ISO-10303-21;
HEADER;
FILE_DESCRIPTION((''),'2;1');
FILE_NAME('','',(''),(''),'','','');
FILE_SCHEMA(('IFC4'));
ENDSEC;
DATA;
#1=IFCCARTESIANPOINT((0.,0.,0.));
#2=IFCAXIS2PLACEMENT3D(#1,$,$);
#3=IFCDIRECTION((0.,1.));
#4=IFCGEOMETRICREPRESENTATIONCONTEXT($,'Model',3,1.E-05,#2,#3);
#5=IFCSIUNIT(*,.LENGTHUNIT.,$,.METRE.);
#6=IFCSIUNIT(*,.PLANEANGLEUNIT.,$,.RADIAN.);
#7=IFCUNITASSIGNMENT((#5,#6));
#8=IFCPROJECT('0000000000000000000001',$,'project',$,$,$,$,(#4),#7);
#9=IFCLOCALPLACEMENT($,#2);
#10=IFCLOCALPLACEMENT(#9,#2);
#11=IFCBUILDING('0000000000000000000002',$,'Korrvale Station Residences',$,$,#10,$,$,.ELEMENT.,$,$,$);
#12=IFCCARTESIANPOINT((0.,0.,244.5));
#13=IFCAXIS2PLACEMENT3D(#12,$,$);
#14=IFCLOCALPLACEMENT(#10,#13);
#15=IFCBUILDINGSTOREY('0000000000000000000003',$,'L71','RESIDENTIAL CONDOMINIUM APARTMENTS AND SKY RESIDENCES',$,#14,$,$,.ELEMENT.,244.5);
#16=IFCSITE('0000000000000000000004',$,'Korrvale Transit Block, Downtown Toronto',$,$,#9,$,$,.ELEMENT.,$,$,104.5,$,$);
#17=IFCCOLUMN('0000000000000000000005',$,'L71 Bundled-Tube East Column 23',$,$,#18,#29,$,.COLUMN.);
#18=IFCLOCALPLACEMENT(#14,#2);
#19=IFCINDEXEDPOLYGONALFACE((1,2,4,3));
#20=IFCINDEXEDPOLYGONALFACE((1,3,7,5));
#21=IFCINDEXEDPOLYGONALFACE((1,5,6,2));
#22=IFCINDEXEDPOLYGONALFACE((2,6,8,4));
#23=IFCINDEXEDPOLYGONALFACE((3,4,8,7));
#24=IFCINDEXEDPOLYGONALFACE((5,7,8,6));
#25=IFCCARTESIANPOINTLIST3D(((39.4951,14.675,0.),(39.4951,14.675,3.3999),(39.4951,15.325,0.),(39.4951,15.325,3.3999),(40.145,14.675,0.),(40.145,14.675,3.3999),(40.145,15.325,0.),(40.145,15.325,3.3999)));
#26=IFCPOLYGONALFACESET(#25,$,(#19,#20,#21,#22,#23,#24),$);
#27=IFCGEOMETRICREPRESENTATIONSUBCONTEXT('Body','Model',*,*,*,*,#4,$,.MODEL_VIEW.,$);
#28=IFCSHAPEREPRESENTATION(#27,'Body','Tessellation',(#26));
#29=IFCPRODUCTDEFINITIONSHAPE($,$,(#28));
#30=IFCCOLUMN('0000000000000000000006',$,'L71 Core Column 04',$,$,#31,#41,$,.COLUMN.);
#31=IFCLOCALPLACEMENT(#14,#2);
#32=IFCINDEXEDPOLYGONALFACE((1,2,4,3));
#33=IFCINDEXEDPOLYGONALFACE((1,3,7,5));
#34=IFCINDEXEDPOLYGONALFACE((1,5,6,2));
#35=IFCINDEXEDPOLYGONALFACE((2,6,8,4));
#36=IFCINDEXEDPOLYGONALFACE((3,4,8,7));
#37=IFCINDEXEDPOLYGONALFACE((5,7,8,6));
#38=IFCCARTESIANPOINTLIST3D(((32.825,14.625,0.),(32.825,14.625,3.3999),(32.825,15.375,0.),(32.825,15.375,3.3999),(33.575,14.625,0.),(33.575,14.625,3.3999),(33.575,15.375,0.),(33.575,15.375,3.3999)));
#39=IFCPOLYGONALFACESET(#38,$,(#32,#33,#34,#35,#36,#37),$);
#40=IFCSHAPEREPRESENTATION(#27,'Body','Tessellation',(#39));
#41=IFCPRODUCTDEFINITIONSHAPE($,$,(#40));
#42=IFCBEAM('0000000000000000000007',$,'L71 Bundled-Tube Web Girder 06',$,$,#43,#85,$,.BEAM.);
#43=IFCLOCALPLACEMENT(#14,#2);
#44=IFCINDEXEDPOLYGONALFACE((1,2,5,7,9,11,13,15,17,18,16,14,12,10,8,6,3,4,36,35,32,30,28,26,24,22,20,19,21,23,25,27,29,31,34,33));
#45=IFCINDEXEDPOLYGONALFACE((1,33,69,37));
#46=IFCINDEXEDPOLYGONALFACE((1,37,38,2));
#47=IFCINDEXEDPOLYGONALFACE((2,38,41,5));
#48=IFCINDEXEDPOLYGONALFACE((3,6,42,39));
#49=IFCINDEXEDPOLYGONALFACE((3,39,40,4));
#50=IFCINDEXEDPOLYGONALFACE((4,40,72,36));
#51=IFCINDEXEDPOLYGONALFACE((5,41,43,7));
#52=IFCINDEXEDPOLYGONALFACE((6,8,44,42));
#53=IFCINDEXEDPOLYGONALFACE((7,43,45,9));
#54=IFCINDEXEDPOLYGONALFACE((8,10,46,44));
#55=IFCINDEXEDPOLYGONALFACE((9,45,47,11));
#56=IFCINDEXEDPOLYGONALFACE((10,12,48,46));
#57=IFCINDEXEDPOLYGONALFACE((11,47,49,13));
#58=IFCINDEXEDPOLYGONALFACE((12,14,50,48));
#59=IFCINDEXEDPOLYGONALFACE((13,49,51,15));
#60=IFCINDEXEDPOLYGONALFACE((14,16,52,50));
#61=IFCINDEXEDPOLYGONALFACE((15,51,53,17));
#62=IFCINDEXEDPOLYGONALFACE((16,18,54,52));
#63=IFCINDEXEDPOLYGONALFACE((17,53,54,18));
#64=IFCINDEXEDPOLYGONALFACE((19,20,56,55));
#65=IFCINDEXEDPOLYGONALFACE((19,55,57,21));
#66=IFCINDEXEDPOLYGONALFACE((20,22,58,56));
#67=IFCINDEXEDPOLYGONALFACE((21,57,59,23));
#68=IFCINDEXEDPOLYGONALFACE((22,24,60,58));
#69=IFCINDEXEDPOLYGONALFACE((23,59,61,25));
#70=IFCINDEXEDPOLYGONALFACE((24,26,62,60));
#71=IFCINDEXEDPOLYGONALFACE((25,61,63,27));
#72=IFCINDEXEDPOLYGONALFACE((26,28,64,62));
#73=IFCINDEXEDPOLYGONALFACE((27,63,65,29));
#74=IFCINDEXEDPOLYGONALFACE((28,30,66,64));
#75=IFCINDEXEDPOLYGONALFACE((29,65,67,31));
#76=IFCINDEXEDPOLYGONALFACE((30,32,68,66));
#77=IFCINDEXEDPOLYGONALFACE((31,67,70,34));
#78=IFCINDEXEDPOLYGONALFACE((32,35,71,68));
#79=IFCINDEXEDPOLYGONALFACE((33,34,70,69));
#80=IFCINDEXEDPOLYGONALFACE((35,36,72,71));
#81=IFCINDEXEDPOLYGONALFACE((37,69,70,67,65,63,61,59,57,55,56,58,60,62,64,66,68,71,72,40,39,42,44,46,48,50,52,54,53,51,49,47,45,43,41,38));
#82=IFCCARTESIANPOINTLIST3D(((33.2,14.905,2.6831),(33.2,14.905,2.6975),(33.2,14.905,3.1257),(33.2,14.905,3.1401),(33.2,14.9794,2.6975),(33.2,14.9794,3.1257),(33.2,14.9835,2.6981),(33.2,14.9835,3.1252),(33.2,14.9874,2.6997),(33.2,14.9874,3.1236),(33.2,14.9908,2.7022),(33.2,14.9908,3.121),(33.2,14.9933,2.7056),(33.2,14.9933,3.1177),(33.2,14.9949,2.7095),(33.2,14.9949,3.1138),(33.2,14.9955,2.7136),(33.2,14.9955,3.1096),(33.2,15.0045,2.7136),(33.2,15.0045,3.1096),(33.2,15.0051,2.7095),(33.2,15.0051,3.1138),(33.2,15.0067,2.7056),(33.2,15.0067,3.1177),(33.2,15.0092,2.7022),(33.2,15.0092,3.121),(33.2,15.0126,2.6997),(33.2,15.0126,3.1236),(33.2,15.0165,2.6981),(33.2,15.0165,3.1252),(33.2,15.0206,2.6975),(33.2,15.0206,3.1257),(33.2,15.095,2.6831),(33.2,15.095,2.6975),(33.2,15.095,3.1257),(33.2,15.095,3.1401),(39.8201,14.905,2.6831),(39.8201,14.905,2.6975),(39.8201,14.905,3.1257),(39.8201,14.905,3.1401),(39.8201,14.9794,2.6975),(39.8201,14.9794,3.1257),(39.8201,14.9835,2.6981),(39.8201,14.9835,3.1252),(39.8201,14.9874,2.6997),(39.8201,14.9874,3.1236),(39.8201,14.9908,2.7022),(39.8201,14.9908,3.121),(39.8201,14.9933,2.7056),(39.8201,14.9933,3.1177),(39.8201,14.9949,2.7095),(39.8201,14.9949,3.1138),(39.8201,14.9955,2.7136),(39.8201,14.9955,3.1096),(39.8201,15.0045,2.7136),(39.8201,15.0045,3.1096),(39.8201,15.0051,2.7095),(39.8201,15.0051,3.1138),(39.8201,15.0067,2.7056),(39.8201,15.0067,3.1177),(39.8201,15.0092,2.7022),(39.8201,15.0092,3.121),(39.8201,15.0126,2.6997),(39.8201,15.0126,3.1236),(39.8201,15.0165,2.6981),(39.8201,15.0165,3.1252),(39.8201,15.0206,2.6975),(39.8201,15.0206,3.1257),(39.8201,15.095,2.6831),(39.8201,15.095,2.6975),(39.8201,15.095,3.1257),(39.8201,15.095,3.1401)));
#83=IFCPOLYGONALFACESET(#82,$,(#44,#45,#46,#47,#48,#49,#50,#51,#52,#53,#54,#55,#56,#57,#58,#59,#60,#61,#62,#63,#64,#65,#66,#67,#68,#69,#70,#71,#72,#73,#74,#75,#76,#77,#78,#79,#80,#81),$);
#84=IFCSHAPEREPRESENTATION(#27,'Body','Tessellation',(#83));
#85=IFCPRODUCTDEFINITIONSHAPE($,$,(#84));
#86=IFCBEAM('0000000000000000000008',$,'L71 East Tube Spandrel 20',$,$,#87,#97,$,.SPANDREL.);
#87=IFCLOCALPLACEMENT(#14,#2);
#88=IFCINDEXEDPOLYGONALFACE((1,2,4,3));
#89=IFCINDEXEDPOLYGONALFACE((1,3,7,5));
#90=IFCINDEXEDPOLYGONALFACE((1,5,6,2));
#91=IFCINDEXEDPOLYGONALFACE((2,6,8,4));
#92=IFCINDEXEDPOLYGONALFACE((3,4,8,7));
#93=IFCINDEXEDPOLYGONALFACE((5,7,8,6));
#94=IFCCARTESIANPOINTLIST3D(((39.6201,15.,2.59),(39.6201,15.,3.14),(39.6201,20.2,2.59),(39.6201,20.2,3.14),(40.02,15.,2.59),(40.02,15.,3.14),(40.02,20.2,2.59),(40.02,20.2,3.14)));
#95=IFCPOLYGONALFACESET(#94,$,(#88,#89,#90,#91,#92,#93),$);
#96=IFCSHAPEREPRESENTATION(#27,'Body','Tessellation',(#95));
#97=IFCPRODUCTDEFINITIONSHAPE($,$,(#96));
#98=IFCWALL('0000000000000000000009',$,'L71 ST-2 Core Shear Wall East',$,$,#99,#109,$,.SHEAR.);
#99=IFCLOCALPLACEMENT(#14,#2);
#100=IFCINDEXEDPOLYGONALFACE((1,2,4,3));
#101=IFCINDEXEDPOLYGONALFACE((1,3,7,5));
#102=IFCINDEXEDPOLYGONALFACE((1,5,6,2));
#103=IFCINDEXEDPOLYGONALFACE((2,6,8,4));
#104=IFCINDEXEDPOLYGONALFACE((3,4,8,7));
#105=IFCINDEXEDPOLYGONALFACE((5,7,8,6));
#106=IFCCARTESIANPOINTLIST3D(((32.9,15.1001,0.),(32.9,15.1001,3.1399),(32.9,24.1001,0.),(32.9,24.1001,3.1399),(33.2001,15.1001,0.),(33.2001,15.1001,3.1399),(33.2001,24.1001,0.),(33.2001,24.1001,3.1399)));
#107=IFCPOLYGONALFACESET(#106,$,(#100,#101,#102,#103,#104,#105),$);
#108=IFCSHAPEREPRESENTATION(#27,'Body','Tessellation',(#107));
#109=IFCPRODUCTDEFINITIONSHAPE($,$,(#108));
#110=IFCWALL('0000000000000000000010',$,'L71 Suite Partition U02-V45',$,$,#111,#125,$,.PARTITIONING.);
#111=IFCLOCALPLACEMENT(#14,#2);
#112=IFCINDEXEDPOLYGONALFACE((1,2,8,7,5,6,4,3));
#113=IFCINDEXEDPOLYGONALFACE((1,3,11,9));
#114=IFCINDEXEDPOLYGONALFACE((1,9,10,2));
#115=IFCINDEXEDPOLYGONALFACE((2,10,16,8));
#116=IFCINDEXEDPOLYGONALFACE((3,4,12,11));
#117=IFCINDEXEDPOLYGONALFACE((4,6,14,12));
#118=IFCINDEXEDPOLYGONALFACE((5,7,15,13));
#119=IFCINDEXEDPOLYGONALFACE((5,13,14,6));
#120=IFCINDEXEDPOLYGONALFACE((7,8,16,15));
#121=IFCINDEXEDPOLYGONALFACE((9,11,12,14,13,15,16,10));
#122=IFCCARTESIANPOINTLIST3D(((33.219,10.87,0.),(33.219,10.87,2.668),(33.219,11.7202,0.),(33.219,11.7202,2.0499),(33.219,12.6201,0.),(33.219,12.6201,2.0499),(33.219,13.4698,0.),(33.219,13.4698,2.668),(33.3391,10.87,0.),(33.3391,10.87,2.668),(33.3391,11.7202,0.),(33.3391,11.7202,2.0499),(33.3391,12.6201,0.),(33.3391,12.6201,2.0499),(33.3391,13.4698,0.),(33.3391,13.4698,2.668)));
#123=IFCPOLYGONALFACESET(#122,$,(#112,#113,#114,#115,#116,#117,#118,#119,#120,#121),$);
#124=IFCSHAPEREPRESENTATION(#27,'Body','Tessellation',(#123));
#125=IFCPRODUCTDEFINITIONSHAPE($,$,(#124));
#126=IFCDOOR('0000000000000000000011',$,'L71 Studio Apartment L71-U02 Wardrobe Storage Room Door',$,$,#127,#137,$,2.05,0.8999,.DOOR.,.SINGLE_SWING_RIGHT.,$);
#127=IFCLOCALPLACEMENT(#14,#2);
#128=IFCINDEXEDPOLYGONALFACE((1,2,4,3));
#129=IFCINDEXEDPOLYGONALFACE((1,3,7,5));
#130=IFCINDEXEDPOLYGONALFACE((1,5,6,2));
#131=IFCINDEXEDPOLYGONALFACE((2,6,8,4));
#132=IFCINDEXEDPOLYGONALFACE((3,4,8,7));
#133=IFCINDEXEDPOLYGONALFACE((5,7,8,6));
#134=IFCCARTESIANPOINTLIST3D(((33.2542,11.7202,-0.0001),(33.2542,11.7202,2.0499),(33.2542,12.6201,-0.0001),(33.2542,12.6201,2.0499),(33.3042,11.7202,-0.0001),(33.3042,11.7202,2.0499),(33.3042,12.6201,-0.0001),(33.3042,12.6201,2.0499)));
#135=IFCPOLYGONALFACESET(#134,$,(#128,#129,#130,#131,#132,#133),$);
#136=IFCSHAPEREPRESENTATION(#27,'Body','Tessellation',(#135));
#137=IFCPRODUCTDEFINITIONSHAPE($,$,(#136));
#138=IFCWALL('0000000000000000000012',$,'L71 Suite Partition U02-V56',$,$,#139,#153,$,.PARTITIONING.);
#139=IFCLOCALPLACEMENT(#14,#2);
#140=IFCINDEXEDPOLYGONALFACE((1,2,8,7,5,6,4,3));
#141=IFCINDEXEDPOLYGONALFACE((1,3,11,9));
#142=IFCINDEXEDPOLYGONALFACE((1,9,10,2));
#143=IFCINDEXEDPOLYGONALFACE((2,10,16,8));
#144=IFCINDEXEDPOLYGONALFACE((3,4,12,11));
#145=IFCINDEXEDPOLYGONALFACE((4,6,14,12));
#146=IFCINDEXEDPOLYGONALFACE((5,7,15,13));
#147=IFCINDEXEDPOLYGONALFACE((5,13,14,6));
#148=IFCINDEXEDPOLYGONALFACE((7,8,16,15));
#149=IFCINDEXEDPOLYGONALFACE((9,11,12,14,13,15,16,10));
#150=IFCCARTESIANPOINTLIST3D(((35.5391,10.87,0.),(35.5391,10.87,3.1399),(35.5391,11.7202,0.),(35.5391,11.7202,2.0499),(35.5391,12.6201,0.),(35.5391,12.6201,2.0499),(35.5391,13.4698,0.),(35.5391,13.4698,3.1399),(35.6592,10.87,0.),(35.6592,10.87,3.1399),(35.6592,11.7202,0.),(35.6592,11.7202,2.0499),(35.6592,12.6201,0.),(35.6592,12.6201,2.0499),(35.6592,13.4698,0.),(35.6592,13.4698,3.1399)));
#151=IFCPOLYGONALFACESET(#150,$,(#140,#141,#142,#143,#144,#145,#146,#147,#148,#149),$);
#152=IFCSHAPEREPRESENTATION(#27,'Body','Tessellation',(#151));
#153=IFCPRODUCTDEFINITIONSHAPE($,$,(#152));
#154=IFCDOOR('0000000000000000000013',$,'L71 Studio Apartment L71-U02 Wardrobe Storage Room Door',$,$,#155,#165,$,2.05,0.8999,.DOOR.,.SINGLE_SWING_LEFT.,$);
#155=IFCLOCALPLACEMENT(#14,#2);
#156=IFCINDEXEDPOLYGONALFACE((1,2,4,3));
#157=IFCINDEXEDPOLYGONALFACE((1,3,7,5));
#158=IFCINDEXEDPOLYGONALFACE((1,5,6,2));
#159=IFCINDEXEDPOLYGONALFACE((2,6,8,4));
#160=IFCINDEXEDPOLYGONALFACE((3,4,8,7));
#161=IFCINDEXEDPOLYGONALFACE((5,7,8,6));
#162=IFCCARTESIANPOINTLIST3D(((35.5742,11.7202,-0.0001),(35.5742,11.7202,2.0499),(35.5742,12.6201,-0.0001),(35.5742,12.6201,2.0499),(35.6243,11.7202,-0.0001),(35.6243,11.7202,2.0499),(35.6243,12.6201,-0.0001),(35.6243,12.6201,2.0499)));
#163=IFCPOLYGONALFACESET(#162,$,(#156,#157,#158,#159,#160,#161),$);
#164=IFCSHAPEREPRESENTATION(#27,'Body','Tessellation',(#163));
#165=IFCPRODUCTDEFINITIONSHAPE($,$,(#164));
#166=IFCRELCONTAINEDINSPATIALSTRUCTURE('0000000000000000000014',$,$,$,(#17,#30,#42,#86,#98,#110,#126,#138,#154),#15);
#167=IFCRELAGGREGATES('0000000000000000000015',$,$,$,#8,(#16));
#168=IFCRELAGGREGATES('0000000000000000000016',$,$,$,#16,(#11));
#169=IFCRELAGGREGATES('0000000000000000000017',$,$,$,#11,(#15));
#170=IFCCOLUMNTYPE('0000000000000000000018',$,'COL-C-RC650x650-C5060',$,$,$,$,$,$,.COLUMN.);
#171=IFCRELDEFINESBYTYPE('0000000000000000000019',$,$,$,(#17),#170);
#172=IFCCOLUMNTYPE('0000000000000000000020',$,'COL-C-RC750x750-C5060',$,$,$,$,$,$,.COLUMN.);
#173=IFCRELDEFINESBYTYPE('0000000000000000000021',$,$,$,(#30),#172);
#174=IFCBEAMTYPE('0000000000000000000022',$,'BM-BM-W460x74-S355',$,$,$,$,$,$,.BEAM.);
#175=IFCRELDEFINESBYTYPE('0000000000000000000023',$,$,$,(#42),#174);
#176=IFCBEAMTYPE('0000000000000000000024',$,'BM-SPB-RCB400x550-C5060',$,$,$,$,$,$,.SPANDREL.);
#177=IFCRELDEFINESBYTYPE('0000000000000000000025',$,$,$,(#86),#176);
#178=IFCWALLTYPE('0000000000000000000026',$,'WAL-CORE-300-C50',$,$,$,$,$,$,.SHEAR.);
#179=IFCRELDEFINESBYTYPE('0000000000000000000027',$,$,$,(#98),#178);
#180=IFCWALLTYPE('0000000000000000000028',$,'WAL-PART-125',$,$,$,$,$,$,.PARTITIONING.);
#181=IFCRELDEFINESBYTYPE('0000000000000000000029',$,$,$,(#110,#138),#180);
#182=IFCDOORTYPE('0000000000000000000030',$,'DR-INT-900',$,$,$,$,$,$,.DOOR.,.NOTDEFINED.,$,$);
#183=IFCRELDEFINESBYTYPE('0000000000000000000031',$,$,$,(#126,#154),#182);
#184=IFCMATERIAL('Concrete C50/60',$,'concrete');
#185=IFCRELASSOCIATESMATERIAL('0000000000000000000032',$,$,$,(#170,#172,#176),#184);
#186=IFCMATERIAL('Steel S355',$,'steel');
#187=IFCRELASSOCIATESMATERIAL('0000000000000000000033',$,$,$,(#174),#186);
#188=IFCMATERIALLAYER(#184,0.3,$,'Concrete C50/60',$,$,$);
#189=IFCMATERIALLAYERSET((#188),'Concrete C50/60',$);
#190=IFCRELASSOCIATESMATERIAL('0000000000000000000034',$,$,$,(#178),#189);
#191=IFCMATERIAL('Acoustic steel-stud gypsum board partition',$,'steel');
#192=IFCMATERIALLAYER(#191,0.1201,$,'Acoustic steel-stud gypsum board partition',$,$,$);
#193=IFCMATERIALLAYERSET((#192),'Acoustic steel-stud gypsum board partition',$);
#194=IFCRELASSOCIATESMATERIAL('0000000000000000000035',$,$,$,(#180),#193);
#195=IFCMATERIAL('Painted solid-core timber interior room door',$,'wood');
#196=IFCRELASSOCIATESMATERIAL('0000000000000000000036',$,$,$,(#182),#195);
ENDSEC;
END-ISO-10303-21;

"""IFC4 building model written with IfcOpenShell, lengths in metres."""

from ifc_helpers import new_model, si_unit, direction, frame, frame_2d, origin, origin_2d, place, context, subcontext, project, spatial, rectangle, i_section, extrude, material, layer, layer_set, material_profile, profile_set, type_object, element, fill, save


model = new_model("IFC4")

# Units and contexts
model_context = context("Model", 3, precision=1e-05, world=origin(), true_north=direction((0.0, 1.0)))
body_context = subcontext(model_context, "Body", "Model", "MODEL_VIEW")
ifc_project = project(units=[si_unit("LENGTHUNIT", "METRE"), si_unit("PLANEANGLEUNIT", "RADIAN")], contexts=[model_context])

# Site, building, storey
site_placement = place(None, origin())
site = spatial("IfcSite", under=ifc_project, at=site_placement, Name="Korrvale Transit Block, Downtown Toronto", CompositionType="ELEMENT", RefElevation=104.5)
building_placement = place(site_placement, origin())
building = spatial("IfcBuilding", under=site, at=building_placement, Name="Korrvale Station Residences", CompositionType="ELEMENT")
storey_placement = place(building_placement, frame((0.0, 0.0, 244.5)))
storey = spatial("IfcBuildingStorey", under=building, at=storey_placement, Name="L71", Description="RESIDENTIAL CONDOMINIUM APARTMENTS AND SKY RESIDENCES", CompositionType="ELEMENT", Elevation=244.5)

# Columns
ifc_material_1 = material(Name="Concrete C50/60", Category="concrete")
ifc_material_profile_1 = material_profile(ifc_material_1, rectangle(XDim=0.6499, YDim=0.6499, at=origin_2d()), Name="RC650x650")
ifc_profile_set_1 = profile_set([ifc_material_profile_1], Name="Concrete C50/60")
column_type_1 = type_object("IfcColumnType", Name="COL-C-RC650x650-C5060", PredefinedType="COLUMN", material=ifc_profile_set_1)
column_1_placement = place(storey_placement, frame((39.8201, 15.0, 0.0), z_axis=(0.0, 0.0, 1.0), x_axis=(1.0, 0.0, 0.0)))
element("IfcColumn", 1, at=column_1_placement, inside=storey, type_object=column_type_1, Name="L71 Bundled-Tube East Column 23", PredefinedType="COLUMN", context=body_context, shape_type="SweptSolid", body=[
    extrude(rectangle(XDim=0.6499, YDim=0.6499, at=origin_2d()), origin(), (0.0, 0.0, 1.0), 3.3999),
])
ifc_material_profile_2 = material_profile(ifc_material_1, rectangle(XDim=0.75, YDim=0.75, at=origin_2d()), Name="RC750x750")
ifc_profile_set_2 = profile_set([ifc_material_profile_2], Name="Concrete C50/60")
column_type_2 = type_object("IfcColumnType", Name="COL-C-RC750x750-C5060", PredefinedType="COLUMN", material=ifc_profile_set_2)
column_2_placement = place(storey_placement, frame((33.2, 15.0, 0.0), z_axis=(0.0, 0.0, 1.0), x_axis=(1.0, 0.0, 0.0)))
element("IfcColumn", 2, at=column_2_placement, inside=storey, type_object=column_type_2, Name="L71 Core Column 04", PredefinedType="COLUMN", context=body_context, shape_type="SweptSolid", body=[
    extrude(rectangle(XDim=0.75, YDim=0.75, at=origin_2d()), origin(), (0.0, 0.0, 1.0), 3.3999),
])

# Beams
ifc_material_2 = material(Name="Steel S355", Category="steel")
ifc_material_profile_3 = material_profile(ifc_material_2, i_section(OverallWidth=0.1899, OverallDepth=0.457, WebThickness=0.009, FlangeThickness=0.0144, FilletRadius=0.0161, at=origin_2d()), Name="W460x74")
ifc_profile_set_3 = profile_set([ifc_material_profile_3], Name="Steel S355")
beam_type_1 = type_object("IfcBeamType", Name="BM-BM-W460x74-S355", PredefinedType="BEAM", material=ifc_profile_set_3)
beam_1_placement = place(storey_placement, frame((33.2, 15.0, 2.9116), z_axis=(1.0, 0.0, 0.0), x_axis=(0.0, 1.0, 0.0)))
element("IfcBeam", 3, at=beam_1_placement, inside=storey, type_object=beam_type_1, Name="L71 Bundled-Tube Web Girder 06", PredefinedType="BEAM", context=body_context, shape_type="SweptSolid", body=[
    extrude(i_section(OverallWidth=0.1899, OverallDepth=0.457, WebThickness=0.009, FlangeThickness=0.0144, FilletRadius=0.0161, at=origin_2d()), origin(), (0.0, 0.0, 1.0), 6.6201),
])
ifc_material_profile_4 = material_profile(ifc_material_1, rectangle(XDim=0.3999, YDim=0.55, at=origin_2d()), Name="RCB400x550")
ifc_profile_set_4 = profile_set([ifc_material_profile_4], Name="Concrete C50/60")
beam_type_2 = type_object("IfcBeamType", Name="BM-SPB-RCB400x550-C5060", PredefinedType="SPANDREL", material=ifc_profile_set_4)
beam_2_placement = place(storey_placement, frame((39.8201, 15.0, 2.865), z_axis=(0.0, 1.0, 0.0), x_axis=(-1.0, 0.0, 0.0)))
element("IfcBeam", 4, at=beam_2_placement, inside=storey, type_object=beam_type_2, Name="L71 East Tube Spandrel 20", PredefinedType="SPANDREL", context=body_context, shape_type="SweptSolid", body=[
    extrude(rectangle(XDim=0.3999, YDim=0.55, at=origin_2d()), origin(), (0.0, 0.0, 1.0), 5.2),
])

# Wall
ifc_layer_1 = layer(ifc_material_1, 0.3, Name="Concrete C50/60")
ifc_layer_set_1 = layer_set([ifc_layer_1], Name="Concrete C50/60")
wall_type_1 = type_object("IfcWallType", Name="WAL-CORE-300-C50", PredefinedType="SHEAR", material=ifc_layer_set_1)
wall_1_placement = place(storey_placement, frame((33.05, 15.1001, 0.0), z_axis=(0.0, 0.0, 1.0), x_axis=(0.0, 1.0, 0.0)))
element("IfcWall", 5, at=wall_1_placement, inside=storey, type_object=wall_type_1, Name="L71 ST-2 Core Shear Wall East", PredefinedType="SHEAR", context=body_context, shape_type="SweptSolid", body=[
    extrude(rectangle(XDim=9.0, YDim=0.3, at=frame_2d((4.5, 0.0))), origin(), (0.0, 0.0, 1.0), 3.1399),
])

# Walls, openings, doors
ifc_material_3 = material(Name="Acoustic steel-stud gypsum board partition", Category="steel")
ifc_layer_2 = layer(ifc_material_3, 0.1201, Name="Acoustic steel-stud gypsum board partition")
ifc_layer_set_2 = layer_set([ifc_layer_2], Name="Acoustic steel-stud gypsum board partition")
wall_type_2 = type_object("IfcWallType", Name="WAL-PART-125", PredefinedType="PARTITIONING", material=ifc_layer_set_2)
wall_2_placement = place(storey_placement, frame((33.2791, 10.8701, 0.0), z_axis=(0.0, 0.0, 1.0), x_axis=(0.0, 1.0, 0.0)))
wall_2 = element("IfcWall", 6, at=wall_2_placement, inside=storey, type_object=wall_type_2, Name="L71 Suite Partition U02-V45", PredefinedType="PARTITIONING", context=body_context, shape_type="SweptSolid", body=[
    extrude(rectangle(XDim=2.5999, YDim=0.1201, at=frame_2d((1.2998, 0.0))), origin(), (0.0, 0.0, 1.0), 2.668),
])
opening_1_placement = place(wall_2_placement, frame((0.8501, 0.0, 0.0)))
opening_1 = element("IfcOpeningElement", 7, at=opening_1_placement, cuts=wall_2, PredefinedType="OPENING", context=body_context, shape_type="SweptSolid", body=[
    extrude(rectangle(XDim=0.8999, YDim=2.05, at=frame_2d((0.45, 1.0249))), frame((0.0, 0.0701, 0.0), z_axis=(0.0, -1.0, 0.0), x_axis=(1.0, 0.0, 0.0)), (0.0, 0.0, 1.0), 0.1401),
])
ifc_material_4 = material(Name="Painted solid-core timber interior room door", Category="wood")
door_type_1 = type_object("IfcDoorType", Name="DR-INT-900", OperationType="NOTDEFINED", PredefinedType="DOOR", material=ifc_material_4)
door_1_placement = place(opening_1_placement, origin())
door_1 = element("IfcDoor", 8, at=door_1_placement, inside=storey, type_object=door_type_1, Name="L71 Studio Apartment L71-U02 Wardrobe Storage Room Door", OperationType="SINGLE_SWING_RIGHT", OverallHeight=2.05, OverallWidth=0.8999, PredefinedType="DOOR", context=body_context, shape_type="SweptSolid", body=[
    extrude(rectangle(XDim=0.8999, YDim=2.05, at=frame_2d((0.45, 1.0249))), frame((0.0, 0.0249, 0.0), z_axis=(0.0, -1.0, 0.0), x_axis=(1.0, 0.0, 0.0)), (0.0, 0.0, 1.0), 0.05),
])
fill(opening_1, door_1)
wall_3_placement = place(storey_placement, frame((35.5991, 10.8701, 0.0), z_axis=(0.0, 0.0, 1.0), x_axis=(0.0, 1.0, 0.0)))
wall_3 = element("IfcWall", 9, at=wall_3_placement, inside=storey, type_object=wall_type_2, Name="L71 Suite Partition U02-V56", PredefinedType="PARTITIONING", context=body_context, shape_type="SweptSolid", body=[
    extrude(rectangle(XDim=2.5999, YDim=0.1201, at=frame_2d((1.2998, 0.0))), origin(), (0.0, 0.0, 1.0), 3.1399),
])
opening_2_placement = place(wall_3_placement, frame((0.8501, 0.0, 0.0)))
opening_2 = element("IfcOpeningElement", 10, at=opening_2_placement, cuts=wall_3, PredefinedType="OPENING", context=body_context, shape_type="SweptSolid", body=[
    extrude(rectangle(XDim=0.8999, YDim=2.05, at=frame_2d((0.45, 1.0249))), frame((0.0, 0.0701, 0.0), z_axis=(0.0, -1.0, 0.0), x_axis=(1.0, 0.0, 0.0)), (0.0, 0.0, 1.0), 0.1401),
])
door_2_placement = place(opening_2_placement, origin())
door_2 = element("IfcDoor", 11, at=door_2_placement, inside=storey, type_object=door_type_1, Name="L71 Studio Apartment L71-U02 Wardrobe Storage Room Door", OperationType="SINGLE_SWING_LEFT", OverallHeight=2.05, OverallWidth=0.8999, PredefinedType="DOOR", context=body_context, shape_type="SweptSolid", body=[
    extrude(rectangle(XDim=0.8999, YDim=2.05, at=frame_2d((0.45, 1.0249))), frame((0.0, 0.0249, 0.0), z_axis=(0.0, -1.0, 0.0), x_axis=(1.0, 0.0, 0.0)), (0.0, 0.0, 1.0), 0.05),
])
fill(opening_2, door_2)

save(model, "model.ifc")
